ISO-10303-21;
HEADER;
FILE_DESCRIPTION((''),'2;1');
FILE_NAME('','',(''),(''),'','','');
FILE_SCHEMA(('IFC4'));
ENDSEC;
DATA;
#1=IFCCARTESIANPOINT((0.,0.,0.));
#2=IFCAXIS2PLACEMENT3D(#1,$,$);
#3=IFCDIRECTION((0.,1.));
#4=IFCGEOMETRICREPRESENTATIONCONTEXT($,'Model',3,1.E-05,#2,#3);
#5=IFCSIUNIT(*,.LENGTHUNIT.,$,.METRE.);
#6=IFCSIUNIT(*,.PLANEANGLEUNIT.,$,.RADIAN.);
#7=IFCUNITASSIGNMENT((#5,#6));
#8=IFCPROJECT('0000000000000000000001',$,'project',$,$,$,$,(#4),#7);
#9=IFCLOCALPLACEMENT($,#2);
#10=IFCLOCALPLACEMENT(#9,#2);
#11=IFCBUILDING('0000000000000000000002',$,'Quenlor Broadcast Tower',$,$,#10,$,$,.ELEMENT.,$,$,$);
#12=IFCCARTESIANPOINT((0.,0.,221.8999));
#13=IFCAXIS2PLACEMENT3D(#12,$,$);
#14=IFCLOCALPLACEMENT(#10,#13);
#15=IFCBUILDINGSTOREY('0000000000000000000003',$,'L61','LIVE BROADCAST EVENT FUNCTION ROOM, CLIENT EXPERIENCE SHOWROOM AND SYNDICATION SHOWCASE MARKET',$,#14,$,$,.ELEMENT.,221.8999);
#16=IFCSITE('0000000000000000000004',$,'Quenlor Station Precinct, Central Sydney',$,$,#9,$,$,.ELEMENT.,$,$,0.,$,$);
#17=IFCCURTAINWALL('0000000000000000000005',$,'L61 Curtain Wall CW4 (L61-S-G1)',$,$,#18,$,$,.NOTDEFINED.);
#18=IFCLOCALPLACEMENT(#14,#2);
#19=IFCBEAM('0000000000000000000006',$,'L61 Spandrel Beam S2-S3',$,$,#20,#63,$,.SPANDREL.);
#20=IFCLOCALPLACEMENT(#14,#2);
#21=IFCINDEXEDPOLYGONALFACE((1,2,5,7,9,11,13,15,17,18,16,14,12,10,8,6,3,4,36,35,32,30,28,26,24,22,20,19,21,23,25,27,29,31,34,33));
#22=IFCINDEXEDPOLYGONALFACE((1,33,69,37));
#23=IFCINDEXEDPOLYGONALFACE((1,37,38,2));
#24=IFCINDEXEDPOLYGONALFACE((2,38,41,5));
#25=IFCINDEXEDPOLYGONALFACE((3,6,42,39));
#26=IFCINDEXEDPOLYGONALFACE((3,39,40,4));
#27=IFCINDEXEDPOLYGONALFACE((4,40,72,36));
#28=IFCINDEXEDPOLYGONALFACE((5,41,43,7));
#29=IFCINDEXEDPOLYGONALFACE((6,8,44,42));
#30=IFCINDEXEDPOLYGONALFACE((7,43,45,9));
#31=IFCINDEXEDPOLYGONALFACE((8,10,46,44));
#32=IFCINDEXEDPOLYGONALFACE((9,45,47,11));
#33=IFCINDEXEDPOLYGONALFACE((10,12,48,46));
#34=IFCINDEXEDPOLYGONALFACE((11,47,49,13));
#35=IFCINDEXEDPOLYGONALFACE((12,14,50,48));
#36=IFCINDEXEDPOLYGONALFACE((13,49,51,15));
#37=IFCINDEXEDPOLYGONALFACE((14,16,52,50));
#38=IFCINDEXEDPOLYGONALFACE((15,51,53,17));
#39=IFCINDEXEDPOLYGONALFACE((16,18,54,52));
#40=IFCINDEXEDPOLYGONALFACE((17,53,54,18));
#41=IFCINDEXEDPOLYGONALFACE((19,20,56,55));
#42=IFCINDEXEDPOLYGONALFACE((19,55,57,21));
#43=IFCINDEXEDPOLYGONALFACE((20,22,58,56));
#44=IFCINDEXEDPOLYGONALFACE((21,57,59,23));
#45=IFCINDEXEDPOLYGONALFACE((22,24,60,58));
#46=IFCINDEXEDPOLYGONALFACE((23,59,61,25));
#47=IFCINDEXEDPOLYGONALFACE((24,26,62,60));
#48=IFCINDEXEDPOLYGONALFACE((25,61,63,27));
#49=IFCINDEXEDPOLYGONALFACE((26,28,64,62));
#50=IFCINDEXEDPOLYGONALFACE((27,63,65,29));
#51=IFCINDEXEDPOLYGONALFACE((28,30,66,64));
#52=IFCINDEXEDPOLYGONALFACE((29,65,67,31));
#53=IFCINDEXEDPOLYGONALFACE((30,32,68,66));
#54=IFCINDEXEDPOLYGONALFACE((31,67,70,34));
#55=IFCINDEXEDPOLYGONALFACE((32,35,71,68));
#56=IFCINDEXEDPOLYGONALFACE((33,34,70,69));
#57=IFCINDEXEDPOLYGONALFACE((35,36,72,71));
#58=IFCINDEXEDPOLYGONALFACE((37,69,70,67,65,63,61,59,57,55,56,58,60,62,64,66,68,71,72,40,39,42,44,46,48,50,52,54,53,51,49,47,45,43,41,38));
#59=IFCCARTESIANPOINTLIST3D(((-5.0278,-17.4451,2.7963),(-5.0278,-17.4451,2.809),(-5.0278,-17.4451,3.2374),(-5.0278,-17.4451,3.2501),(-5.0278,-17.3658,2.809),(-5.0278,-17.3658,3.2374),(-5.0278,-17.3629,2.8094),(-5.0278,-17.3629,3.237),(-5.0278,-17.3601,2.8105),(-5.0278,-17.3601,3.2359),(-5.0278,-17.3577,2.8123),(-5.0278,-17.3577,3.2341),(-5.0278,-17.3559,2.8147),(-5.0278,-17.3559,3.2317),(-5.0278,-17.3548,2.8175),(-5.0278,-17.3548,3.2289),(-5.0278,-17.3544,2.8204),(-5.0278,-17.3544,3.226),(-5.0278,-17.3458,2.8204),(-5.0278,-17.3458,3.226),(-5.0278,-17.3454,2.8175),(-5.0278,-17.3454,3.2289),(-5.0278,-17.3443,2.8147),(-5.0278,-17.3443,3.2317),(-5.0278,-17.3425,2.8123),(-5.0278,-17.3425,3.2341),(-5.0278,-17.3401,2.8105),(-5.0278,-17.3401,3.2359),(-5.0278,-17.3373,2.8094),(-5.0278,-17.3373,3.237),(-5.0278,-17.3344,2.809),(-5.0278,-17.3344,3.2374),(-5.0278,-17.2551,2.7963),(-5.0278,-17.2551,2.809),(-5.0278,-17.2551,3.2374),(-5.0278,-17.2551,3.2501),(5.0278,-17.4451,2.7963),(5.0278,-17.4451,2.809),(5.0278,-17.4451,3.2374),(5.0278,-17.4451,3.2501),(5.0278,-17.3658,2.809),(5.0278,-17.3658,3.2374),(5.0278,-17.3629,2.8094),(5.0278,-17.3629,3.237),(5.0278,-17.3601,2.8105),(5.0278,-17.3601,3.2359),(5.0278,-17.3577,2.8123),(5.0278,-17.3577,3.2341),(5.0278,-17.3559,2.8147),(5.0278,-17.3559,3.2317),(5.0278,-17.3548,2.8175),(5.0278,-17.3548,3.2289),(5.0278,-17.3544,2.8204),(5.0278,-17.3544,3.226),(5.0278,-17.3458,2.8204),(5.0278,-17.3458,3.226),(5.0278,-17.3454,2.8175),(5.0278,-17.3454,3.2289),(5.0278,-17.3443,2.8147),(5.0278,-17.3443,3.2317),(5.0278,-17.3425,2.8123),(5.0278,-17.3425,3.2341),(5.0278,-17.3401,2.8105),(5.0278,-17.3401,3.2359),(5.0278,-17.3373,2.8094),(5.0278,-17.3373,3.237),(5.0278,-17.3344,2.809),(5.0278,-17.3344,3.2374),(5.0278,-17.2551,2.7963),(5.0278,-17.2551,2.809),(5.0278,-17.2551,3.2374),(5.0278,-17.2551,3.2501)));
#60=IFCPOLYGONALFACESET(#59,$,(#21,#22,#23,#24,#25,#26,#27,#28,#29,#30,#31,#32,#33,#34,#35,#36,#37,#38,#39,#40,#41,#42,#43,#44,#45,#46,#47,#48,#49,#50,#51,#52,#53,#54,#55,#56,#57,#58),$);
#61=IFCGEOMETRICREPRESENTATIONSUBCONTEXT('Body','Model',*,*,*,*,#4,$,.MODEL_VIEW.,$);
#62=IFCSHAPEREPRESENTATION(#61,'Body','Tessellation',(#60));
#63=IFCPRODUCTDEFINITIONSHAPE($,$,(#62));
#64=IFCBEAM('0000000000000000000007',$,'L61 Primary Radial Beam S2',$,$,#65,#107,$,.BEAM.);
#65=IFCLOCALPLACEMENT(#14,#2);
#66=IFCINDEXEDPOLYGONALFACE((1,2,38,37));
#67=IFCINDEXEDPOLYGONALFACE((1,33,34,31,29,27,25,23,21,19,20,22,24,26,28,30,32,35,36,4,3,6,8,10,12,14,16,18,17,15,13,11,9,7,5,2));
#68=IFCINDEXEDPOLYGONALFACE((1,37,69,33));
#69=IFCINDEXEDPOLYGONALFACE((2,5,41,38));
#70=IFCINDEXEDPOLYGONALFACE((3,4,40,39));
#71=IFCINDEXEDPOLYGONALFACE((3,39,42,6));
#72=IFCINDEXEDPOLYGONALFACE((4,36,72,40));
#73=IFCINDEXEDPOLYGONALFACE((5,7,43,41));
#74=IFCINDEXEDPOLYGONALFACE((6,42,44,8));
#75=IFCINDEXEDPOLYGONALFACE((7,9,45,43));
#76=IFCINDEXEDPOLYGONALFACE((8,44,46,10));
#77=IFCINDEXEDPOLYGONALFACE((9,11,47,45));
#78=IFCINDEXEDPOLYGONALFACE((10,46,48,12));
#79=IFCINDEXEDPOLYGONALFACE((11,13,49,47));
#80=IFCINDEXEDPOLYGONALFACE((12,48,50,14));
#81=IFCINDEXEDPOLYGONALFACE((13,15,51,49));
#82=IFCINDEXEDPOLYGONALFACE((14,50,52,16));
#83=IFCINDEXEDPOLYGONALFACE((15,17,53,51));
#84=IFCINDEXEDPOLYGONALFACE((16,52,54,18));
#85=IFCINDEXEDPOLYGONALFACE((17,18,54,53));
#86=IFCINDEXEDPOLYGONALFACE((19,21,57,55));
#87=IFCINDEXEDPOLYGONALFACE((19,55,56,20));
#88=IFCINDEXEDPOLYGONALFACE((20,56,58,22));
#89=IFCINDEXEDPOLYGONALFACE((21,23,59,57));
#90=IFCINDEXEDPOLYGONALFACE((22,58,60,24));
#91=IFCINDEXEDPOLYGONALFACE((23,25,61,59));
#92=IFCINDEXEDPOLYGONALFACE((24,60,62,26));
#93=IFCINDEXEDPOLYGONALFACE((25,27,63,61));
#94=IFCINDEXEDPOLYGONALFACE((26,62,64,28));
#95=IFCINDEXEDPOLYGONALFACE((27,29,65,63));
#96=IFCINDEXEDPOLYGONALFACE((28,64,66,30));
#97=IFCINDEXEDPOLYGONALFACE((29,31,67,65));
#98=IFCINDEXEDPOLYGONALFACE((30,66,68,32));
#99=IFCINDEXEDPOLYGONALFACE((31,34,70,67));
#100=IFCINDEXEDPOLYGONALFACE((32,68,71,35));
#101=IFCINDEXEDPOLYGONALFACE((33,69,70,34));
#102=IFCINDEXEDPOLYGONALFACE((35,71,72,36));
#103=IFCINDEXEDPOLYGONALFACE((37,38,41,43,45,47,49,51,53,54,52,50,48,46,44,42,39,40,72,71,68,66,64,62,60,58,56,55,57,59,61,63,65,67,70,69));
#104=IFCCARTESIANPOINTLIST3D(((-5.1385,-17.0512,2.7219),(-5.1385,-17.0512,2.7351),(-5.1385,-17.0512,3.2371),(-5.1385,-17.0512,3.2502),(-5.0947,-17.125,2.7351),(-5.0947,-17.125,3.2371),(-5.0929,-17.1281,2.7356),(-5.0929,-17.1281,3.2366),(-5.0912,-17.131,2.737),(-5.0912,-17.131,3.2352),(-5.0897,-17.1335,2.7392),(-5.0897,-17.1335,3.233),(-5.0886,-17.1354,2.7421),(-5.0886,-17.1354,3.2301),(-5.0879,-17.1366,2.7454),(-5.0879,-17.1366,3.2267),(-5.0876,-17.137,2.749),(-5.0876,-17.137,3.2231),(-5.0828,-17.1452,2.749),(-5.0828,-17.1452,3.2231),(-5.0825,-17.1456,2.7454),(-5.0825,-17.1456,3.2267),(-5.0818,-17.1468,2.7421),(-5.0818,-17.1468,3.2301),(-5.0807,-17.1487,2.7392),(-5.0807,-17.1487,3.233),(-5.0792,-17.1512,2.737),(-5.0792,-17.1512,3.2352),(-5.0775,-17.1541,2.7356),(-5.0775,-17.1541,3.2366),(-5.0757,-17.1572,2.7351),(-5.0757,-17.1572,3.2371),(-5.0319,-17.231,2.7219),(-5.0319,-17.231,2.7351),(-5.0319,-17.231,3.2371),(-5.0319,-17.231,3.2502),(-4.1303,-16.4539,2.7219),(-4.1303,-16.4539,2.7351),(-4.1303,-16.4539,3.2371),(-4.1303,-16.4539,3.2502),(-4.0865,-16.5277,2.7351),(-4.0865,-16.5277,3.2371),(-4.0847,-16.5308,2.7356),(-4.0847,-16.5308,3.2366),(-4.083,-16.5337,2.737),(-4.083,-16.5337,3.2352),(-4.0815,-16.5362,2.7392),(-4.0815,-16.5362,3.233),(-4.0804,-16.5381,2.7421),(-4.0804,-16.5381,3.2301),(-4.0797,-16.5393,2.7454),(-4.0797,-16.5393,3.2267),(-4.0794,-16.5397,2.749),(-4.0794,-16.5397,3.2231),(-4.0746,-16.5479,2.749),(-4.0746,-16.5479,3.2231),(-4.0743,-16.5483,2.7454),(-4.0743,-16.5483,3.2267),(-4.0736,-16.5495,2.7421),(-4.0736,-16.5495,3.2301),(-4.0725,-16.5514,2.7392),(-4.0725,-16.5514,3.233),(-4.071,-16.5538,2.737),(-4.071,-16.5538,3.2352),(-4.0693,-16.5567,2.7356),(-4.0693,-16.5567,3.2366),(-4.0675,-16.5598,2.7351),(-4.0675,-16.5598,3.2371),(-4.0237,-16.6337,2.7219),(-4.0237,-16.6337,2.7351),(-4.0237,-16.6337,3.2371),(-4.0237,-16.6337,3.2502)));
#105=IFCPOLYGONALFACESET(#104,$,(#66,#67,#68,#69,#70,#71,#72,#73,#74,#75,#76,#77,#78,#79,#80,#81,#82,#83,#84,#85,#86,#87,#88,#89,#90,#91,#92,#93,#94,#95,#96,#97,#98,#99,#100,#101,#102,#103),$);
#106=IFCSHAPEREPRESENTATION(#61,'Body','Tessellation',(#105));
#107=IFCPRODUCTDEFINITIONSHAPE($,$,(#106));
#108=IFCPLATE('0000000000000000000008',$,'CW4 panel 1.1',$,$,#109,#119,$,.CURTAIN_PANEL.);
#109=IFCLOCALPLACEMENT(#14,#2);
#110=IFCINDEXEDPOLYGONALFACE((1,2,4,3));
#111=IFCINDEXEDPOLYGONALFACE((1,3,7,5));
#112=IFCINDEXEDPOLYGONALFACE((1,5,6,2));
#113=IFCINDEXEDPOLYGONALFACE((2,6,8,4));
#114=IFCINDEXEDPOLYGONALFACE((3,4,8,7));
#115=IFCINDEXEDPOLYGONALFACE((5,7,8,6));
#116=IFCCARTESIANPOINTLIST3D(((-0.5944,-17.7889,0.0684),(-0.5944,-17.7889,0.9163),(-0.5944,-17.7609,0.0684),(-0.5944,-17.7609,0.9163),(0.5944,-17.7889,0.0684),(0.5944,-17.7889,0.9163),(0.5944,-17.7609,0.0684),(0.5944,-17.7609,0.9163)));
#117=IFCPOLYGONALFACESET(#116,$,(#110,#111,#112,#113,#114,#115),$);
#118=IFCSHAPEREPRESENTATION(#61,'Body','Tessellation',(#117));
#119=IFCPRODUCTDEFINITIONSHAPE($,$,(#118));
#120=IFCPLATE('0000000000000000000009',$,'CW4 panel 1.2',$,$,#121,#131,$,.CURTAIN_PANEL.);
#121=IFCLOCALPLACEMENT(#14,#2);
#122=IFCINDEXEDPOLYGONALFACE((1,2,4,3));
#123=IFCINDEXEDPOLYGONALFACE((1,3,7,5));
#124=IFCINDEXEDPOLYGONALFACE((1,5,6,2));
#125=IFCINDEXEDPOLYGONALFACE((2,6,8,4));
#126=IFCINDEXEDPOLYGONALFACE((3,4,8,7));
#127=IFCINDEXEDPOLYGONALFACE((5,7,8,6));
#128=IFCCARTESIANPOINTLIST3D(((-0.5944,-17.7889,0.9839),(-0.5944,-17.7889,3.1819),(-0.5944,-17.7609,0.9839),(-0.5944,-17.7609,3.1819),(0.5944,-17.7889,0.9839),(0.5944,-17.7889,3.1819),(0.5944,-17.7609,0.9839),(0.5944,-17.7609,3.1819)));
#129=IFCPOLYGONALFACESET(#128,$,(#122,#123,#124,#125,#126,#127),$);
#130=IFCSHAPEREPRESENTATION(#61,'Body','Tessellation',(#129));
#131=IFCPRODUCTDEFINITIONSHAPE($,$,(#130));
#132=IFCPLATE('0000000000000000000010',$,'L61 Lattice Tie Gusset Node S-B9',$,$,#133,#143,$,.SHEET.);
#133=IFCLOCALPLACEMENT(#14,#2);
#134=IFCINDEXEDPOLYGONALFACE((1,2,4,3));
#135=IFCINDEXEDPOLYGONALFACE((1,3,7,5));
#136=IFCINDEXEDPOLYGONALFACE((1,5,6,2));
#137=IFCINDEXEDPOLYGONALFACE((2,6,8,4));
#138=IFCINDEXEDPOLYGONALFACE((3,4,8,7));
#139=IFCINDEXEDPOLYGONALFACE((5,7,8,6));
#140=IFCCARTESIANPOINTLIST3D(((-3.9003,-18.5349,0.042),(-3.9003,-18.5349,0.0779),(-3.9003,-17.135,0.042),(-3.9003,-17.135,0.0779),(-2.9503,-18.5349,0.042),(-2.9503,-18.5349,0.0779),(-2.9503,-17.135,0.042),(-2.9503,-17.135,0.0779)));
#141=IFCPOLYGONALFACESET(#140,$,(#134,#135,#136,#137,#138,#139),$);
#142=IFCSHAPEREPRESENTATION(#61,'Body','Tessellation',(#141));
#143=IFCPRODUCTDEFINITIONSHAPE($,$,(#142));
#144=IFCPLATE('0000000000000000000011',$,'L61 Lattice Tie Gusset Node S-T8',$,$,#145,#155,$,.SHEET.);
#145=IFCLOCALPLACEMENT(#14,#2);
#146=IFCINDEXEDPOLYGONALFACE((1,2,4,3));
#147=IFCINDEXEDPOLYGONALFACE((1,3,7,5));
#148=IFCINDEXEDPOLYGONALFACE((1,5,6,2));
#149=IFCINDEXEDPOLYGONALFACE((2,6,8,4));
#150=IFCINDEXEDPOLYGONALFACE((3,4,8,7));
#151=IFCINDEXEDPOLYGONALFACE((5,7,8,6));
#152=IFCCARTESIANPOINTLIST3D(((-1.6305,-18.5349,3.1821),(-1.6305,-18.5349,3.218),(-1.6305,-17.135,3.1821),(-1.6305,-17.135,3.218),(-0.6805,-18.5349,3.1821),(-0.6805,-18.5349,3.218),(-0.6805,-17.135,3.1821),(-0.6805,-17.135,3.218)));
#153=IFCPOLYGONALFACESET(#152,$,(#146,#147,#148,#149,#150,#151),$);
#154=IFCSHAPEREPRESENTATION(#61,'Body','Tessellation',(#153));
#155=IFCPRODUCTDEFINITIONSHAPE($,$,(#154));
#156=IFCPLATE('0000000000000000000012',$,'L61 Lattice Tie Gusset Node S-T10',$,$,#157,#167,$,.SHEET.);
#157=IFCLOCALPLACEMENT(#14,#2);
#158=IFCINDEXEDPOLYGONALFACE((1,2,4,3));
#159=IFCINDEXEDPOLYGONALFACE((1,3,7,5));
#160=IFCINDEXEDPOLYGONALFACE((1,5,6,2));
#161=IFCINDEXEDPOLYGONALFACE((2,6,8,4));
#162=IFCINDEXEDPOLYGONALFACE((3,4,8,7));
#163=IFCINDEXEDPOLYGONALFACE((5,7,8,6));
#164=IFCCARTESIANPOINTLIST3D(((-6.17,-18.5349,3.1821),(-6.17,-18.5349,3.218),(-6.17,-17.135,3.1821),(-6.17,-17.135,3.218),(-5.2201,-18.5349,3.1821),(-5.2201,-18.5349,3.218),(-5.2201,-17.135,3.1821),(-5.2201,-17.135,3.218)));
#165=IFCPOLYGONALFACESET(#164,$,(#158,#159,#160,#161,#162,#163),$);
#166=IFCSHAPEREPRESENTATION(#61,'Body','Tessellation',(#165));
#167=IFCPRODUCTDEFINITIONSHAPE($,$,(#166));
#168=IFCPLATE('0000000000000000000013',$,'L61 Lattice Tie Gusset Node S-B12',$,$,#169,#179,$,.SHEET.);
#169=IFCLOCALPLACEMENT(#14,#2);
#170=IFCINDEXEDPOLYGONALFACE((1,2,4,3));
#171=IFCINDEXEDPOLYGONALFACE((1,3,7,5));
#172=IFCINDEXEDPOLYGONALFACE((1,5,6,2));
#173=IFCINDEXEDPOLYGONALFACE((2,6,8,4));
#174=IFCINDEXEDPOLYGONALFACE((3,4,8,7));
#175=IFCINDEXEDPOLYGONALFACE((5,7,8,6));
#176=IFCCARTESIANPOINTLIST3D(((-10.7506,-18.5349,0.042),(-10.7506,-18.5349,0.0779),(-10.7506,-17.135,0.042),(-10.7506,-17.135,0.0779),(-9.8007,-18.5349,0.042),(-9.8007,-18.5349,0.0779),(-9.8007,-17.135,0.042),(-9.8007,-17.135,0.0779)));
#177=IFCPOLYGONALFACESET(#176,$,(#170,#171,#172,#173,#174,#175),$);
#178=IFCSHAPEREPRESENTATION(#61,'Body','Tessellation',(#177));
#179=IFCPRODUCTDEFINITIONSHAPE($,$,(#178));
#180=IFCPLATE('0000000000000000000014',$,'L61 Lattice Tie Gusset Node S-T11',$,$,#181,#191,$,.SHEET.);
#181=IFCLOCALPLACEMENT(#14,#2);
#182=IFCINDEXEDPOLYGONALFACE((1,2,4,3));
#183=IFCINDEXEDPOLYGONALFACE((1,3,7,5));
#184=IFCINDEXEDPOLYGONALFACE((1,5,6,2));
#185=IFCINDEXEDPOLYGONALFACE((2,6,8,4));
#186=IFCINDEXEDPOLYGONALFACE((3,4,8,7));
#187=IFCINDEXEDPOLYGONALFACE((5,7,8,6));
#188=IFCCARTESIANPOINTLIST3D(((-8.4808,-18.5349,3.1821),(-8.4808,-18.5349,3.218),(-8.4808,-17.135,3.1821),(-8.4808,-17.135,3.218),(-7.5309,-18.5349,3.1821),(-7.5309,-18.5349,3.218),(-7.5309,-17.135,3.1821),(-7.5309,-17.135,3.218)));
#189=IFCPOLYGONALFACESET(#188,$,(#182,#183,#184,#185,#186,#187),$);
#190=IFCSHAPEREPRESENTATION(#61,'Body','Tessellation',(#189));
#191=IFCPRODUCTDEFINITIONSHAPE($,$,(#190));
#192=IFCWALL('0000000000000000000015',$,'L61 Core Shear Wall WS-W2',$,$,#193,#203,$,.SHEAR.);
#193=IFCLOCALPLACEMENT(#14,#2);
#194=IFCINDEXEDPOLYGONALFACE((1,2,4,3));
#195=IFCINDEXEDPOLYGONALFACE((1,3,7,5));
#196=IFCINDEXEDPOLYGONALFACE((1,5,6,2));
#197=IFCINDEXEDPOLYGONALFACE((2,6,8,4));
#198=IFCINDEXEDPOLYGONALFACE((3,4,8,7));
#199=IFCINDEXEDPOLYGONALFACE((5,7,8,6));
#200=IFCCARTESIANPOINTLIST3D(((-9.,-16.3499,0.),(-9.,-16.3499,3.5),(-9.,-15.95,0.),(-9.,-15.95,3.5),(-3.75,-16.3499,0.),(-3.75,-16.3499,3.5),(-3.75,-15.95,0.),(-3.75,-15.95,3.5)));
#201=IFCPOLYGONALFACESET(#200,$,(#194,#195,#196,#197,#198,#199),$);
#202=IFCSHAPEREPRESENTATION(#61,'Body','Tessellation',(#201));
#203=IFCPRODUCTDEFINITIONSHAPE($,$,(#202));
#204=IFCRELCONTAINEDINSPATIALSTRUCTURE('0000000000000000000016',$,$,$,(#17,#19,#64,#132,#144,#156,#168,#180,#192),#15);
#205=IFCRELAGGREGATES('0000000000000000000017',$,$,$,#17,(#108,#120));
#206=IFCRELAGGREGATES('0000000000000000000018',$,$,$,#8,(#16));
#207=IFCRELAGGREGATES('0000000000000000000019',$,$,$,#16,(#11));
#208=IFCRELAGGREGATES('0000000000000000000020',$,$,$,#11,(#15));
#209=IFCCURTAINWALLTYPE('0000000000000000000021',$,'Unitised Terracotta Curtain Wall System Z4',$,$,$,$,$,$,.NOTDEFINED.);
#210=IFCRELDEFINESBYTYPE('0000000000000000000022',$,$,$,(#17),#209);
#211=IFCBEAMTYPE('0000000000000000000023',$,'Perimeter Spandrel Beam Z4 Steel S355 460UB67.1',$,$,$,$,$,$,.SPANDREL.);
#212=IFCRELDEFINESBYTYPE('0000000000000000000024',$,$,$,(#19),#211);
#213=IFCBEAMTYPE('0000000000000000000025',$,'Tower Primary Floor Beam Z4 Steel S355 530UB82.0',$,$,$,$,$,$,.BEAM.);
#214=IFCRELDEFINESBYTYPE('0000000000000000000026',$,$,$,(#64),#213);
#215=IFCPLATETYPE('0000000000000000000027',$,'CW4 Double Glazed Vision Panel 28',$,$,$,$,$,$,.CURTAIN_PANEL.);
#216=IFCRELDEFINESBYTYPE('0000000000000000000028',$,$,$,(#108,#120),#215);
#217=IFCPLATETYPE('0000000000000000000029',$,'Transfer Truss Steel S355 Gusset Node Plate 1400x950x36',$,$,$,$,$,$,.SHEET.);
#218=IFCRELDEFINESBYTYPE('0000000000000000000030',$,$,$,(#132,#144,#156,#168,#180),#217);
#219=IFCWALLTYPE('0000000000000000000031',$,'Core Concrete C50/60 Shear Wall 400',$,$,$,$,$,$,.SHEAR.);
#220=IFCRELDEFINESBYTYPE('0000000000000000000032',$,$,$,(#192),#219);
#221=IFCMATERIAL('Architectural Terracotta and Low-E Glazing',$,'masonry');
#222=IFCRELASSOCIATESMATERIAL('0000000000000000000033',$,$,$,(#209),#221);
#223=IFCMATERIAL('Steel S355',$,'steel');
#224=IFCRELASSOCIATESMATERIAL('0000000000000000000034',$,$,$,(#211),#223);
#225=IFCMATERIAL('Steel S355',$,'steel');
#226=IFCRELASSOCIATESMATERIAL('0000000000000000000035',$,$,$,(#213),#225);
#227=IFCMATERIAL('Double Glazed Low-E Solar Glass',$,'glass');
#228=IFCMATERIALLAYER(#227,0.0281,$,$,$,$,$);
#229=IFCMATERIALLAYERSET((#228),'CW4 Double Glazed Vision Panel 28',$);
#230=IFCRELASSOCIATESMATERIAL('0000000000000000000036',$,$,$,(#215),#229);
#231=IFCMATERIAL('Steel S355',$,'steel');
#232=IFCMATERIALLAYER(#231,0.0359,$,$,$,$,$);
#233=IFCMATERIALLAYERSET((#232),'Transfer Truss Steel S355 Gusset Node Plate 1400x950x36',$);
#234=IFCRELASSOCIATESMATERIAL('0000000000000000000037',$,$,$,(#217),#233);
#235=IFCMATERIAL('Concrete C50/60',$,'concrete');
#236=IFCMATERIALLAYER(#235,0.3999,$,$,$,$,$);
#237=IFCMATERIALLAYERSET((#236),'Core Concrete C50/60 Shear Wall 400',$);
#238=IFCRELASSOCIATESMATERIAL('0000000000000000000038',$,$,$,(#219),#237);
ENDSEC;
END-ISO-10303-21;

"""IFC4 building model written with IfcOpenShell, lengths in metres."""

from ifc_helpers import new_model, si_unit, direction, frame, frame_2d, origin, origin_2d, place, context, subcontext, project, spatial, rectangle, i_section, extrude, material, layer, layer_set, material_profile, profile_set, type_object, element, aggregate, save


model = new_model("IFC4")

# Units and contexts
model_context = context("Model", 3, precision=1e-05, world=origin(), true_north=direction((0.0, 1.0)))
body_context = subcontext(model_context, "Body", "Model", "MODEL_VIEW")
ifc_project = project(units=[si_unit("LENGTHUNIT", "METRE"), si_unit("PLANEANGLEUNIT", "RADIAN")], contexts=[model_context])

# Site, building, storey
site_placement = place(None, origin())
site = spatial("IfcSite", under=ifc_project, at=site_placement, Name="Quenlor Station Precinct, Central Sydney", CompositionType="ELEMENT", RefElevation=0.0)
building_placement = place(site_placement, origin())
building = spatial("IfcBuilding", under=site, at=building_placement, Name="Quenlor Broadcast Tower", CompositionType="ELEMENT")
storey_placement = place(building_placement, frame((0.0, 0.0, 221.8999)))
storey = spatial("IfcBuildingStorey", under=building, at=storey_placement, Name="L61", Description="LIVE BROADCAST EVENT FUNCTION ROOM, CLIENT EXPERIENCE SHOWROOM AND SYNDICATION SHOWCASE MARKET", CompositionType="ELEMENT", Elevation=221.8999)

# Curtain wall
ifc_material_1 = material(Name="Architectural Terracotta and Low-E Glazing", Category="masonry")
curtain_wall_type = type_object("IfcCurtainWallType", Name="Unitised Terracotta Curtain Wall System Z4", PredefinedType="NOTDEFINED", material=ifc_material_1)
curtain_wall_placement = place(storey_placement, origin())
curtain_wall = element("IfcCurtainWall", 1, at=curtain_wall_placement, inside=storey, type_object=curtain_wall_type, Name="L61 Curtain Wall CW4 (L61-S-G1)", PredefinedType="NOTDEFINED")

# Beams
ifc_material_2 = material(Name="Steel S355", Category="steel")
ifc_material_profile_1 = material_profile(ifc_material_2, i_section(OverallWidth=0.1899, OverallDepth=0.4539, WebThickness=0.0085, FlangeThickness=0.0127, FilletRadius=0.0115, at=origin_2d()))
ifc_profile_set_1 = profile_set([ifc_material_profile_1], Name="Steel S355 460UB67.1")
beam_type_1 = type_object("IfcBeamType", Name="Perimeter Spandrel Beam Z4 Steel S355 460UB67.1", PredefinedType="SPANDREL", material=ifc_profile_set_1)
beam_1_placement = place(storey_placement, frame((-5.0278, -17.3501, 3.0232), z_axis=(1.0, 0.0, 0.0), x_axis=(0.0, 1.0, 0.0)))
element("IfcBeam", 2, at=beam_1_placement, inside=storey, type_object=beam_type_1, Name="L61 Spandrel Beam S2-S3", PredefinedType="SPANDREL", context=body_context, shape_type="SweptSolid", body=[
    extrude(i_section(OverallWidth=0.1899, OverallDepth=0.4539, WebThickness=0.0085, FlangeThickness=0.0127, FilletRadius=0.0115, at=origin_2d()), origin(), (0.0, 0.0, 1.0), 10.0557),
])
ifc_material_3 = material(Name="Steel S355", Category="steel")
ifc_material_profile_2 = material_profile(ifc_material_3, i_section(OverallWidth=0.209, OverallDepth=0.5283, WebThickness=0.0095, FlangeThickness=0.0132, FilletRadius=0.0139, at=origin_2d()))
ifc_profile_set_2 = profile_set([ifc_material_profile_2], Name="Steel S355 530UB82.0")
beam_type_2 = type_object("IfcBeamType", Name="Tower Primary Floor Beam Z4 Steel S355 530UB82.0", PredefinedType="BEAM", material=ifc_profile_set_2)
beam_2_placement = place(storey_placement, frame((-5.0852, -17.1411, 2.9861), z_axis=(0.860329, 0.50974, 0.0), x_axis=(-0.50974, 0.860329, 0.0)))
element("IfcBeam", 3, at=beam_2_placement, inside=storey, type_object=beam_type_2, Name="L61 Primary Radial Beam S2", PredefinedType="BEAM", context=body_context, shape_type="SweptSolid", body=[
    extrude(i_section(OverallWidth=0.209, OverallDepth=0.5283, WebThickness=0.0095, FlangeThickness=0.0132, FilletRadius=0.0139, at=origin_2d()), origin(), (0.0, 0.0, 1.0), 1.1719),
])

# Plates
ifc_material_4 = material(Name="Double Glazed Low-E Solar Glass", Category="glass")
ifc_layer_1 = layer(ifc_material_4, 0.0281)
ifc_layer_set_1 = layer_set([ifc_layer_1], Name="CW4 Double Glazed Vision Panel 28")
plate_type_1 = type_object("IfcPlateType", Name="CW4 Double Glazed Vision Panel 28", PredefinedType="CURTAIN_PANEL", material=ifc_layer_set_1)
plate_1_placement = place(storey_placement, frame((0.0, -17.7749, 0.0684), z_axis=(0.0, 0.0, 1.0), x_axis=(-1.0, 0.0, 0.0)))
plate_1 = element("IfcPlate", 4, at=plate_1_placement, type_object=plate_type_1, Name="CW4 panel 1.1", PredefinedType="CURTAIN_PANEL", context=body_context, shape_type="SweptSolid", body=[
    extrude(rectangle(XDim=1.1887, YDim=0.0281, at=origin_2d()), origin(), (0.0, 0.0, 1.0), 0.8479),
])
plate_2_placement = place(storey_placement, frame((0.0, -17.7749, 0.9839), z_axis=(0.0, 0.0, 1.0), x_axis=(-1.0, 0.0, 0.0)))
plate_2 = element("IfcPlate", 5, at=plate_2_placement, type_object=plate_type_1, Name="CW4 panel 1.2", PredefinedType="CURTAIN_PANEL", context=body_context, shape_type="SweptSolid", body=[
    extrude(rectangle(XDim=1.1887, YDim=0.0281, at=origin_2d()), origin(), (0.0, 0.0, 1.0), 2.198),
])
aggregate(curtain_wall, [plate_1, plate_2])

# Plates
ifc_material_5 = material(Name="Steel S355", Category="steel")
ifc_layer_2 = layer(ifc_material_5, 0.0359)
ifc_layer_set_2 = layer_set([ifc_layer_2], Name="Transfer Truss Steel S355 Gusset Node Plate 1400x950x36")
plate_type_2 = type_object("IfcPlateType", Name="Transfer Truss Steel S355 Gusset Node Plate 1400x950x36", PredefinedType="SHEET", material=ifc_layer_set_2)
for number, where, z_axis, x_axis, name in (
    (6, (-3.4253, -17.835, 0.042), (0.0, 0.0, 1.0), (0.0, -1.0, 0.0), "L61 Lattice Tie Gusset Node S-B9"),
    (7, (-1.1555, -17.835, 3.1821), (0.0, 0.0, 1.0), (0.0, -1.0, 0.0), "L61 Lattice Tie Gusset Node S-T8"),
    (8, (-5.6951, -17.835, 3.1821), (0.0, 0.0, 1.0), (0.0, -1.0, 0.0), "L61 Lattice Tie Gusset Node S-T10"),
    (9, (-10.2756, -17.835, 0.042), (0.0, 0.0, 1.0), (0.0, -1.0, 0.0), "L61 Lattice Tie Gusset Node S-B12"),
    (10, (-8.0059, -17.835, 3.1821), (0.0, 0.0, 1.0), (0.0, -1.0, 0.0), "L61 Lattice Tie Gusset Node S-T11"),
):
    element("IfcPlate", number, at=place(storey_placement, frame(where, z_axis=z_axis, x_axis=x_axis)), inside=storey, type_object=plate_type_2, Name=name, PredefinedType="SHEET", context=body_context, shape_type="SweptSolid", body=[
        extrude(rectangle(XDim=1.3999, YDim=0.95, at=origin_2d()), origin(), (0.0, 0.0, 1.0), 0.0359),
    ])

# Wall
ifc_material_6 = material(Name="Concrete C50/60", Category="concrete")
ifc_layer_3 = layer(ifc_material_6, 0.3999)
ifc_layer_set_3 = layer_set([ifc_layer_3], Name="Core Concrete C50/60 Shear Wall 400")
wall_type_1 = type_object("IfcWallType", Name="Core Concrete C50/60 Shear Wall 400", PredefinedType="SHEAR", material=ifc_layer_set_3)
wall_1_placement = place(storey_placement, frame((-9.0, -16.1499, 0.0), z_axis=(0.0, 0.0, 1.0), x_axis=(1.0, 0.0, 0.0)))
element("IfcWall", 11, at=wall_1_placement, inside=storey, type_object=wall_type_1, Name="L61 Core Shear Wall WS-W2", PredefinedType="SHEAR", context=body_context, shape_type="SweptSolid", body=[
    extrude(rectangle(XDim=5.25, YDim=0.3999, at=frame_2d((2.625, 0.0))), origin(), (0.0, 0.0, 1.0), 3.5),
])

save(model, "model.ifc")
